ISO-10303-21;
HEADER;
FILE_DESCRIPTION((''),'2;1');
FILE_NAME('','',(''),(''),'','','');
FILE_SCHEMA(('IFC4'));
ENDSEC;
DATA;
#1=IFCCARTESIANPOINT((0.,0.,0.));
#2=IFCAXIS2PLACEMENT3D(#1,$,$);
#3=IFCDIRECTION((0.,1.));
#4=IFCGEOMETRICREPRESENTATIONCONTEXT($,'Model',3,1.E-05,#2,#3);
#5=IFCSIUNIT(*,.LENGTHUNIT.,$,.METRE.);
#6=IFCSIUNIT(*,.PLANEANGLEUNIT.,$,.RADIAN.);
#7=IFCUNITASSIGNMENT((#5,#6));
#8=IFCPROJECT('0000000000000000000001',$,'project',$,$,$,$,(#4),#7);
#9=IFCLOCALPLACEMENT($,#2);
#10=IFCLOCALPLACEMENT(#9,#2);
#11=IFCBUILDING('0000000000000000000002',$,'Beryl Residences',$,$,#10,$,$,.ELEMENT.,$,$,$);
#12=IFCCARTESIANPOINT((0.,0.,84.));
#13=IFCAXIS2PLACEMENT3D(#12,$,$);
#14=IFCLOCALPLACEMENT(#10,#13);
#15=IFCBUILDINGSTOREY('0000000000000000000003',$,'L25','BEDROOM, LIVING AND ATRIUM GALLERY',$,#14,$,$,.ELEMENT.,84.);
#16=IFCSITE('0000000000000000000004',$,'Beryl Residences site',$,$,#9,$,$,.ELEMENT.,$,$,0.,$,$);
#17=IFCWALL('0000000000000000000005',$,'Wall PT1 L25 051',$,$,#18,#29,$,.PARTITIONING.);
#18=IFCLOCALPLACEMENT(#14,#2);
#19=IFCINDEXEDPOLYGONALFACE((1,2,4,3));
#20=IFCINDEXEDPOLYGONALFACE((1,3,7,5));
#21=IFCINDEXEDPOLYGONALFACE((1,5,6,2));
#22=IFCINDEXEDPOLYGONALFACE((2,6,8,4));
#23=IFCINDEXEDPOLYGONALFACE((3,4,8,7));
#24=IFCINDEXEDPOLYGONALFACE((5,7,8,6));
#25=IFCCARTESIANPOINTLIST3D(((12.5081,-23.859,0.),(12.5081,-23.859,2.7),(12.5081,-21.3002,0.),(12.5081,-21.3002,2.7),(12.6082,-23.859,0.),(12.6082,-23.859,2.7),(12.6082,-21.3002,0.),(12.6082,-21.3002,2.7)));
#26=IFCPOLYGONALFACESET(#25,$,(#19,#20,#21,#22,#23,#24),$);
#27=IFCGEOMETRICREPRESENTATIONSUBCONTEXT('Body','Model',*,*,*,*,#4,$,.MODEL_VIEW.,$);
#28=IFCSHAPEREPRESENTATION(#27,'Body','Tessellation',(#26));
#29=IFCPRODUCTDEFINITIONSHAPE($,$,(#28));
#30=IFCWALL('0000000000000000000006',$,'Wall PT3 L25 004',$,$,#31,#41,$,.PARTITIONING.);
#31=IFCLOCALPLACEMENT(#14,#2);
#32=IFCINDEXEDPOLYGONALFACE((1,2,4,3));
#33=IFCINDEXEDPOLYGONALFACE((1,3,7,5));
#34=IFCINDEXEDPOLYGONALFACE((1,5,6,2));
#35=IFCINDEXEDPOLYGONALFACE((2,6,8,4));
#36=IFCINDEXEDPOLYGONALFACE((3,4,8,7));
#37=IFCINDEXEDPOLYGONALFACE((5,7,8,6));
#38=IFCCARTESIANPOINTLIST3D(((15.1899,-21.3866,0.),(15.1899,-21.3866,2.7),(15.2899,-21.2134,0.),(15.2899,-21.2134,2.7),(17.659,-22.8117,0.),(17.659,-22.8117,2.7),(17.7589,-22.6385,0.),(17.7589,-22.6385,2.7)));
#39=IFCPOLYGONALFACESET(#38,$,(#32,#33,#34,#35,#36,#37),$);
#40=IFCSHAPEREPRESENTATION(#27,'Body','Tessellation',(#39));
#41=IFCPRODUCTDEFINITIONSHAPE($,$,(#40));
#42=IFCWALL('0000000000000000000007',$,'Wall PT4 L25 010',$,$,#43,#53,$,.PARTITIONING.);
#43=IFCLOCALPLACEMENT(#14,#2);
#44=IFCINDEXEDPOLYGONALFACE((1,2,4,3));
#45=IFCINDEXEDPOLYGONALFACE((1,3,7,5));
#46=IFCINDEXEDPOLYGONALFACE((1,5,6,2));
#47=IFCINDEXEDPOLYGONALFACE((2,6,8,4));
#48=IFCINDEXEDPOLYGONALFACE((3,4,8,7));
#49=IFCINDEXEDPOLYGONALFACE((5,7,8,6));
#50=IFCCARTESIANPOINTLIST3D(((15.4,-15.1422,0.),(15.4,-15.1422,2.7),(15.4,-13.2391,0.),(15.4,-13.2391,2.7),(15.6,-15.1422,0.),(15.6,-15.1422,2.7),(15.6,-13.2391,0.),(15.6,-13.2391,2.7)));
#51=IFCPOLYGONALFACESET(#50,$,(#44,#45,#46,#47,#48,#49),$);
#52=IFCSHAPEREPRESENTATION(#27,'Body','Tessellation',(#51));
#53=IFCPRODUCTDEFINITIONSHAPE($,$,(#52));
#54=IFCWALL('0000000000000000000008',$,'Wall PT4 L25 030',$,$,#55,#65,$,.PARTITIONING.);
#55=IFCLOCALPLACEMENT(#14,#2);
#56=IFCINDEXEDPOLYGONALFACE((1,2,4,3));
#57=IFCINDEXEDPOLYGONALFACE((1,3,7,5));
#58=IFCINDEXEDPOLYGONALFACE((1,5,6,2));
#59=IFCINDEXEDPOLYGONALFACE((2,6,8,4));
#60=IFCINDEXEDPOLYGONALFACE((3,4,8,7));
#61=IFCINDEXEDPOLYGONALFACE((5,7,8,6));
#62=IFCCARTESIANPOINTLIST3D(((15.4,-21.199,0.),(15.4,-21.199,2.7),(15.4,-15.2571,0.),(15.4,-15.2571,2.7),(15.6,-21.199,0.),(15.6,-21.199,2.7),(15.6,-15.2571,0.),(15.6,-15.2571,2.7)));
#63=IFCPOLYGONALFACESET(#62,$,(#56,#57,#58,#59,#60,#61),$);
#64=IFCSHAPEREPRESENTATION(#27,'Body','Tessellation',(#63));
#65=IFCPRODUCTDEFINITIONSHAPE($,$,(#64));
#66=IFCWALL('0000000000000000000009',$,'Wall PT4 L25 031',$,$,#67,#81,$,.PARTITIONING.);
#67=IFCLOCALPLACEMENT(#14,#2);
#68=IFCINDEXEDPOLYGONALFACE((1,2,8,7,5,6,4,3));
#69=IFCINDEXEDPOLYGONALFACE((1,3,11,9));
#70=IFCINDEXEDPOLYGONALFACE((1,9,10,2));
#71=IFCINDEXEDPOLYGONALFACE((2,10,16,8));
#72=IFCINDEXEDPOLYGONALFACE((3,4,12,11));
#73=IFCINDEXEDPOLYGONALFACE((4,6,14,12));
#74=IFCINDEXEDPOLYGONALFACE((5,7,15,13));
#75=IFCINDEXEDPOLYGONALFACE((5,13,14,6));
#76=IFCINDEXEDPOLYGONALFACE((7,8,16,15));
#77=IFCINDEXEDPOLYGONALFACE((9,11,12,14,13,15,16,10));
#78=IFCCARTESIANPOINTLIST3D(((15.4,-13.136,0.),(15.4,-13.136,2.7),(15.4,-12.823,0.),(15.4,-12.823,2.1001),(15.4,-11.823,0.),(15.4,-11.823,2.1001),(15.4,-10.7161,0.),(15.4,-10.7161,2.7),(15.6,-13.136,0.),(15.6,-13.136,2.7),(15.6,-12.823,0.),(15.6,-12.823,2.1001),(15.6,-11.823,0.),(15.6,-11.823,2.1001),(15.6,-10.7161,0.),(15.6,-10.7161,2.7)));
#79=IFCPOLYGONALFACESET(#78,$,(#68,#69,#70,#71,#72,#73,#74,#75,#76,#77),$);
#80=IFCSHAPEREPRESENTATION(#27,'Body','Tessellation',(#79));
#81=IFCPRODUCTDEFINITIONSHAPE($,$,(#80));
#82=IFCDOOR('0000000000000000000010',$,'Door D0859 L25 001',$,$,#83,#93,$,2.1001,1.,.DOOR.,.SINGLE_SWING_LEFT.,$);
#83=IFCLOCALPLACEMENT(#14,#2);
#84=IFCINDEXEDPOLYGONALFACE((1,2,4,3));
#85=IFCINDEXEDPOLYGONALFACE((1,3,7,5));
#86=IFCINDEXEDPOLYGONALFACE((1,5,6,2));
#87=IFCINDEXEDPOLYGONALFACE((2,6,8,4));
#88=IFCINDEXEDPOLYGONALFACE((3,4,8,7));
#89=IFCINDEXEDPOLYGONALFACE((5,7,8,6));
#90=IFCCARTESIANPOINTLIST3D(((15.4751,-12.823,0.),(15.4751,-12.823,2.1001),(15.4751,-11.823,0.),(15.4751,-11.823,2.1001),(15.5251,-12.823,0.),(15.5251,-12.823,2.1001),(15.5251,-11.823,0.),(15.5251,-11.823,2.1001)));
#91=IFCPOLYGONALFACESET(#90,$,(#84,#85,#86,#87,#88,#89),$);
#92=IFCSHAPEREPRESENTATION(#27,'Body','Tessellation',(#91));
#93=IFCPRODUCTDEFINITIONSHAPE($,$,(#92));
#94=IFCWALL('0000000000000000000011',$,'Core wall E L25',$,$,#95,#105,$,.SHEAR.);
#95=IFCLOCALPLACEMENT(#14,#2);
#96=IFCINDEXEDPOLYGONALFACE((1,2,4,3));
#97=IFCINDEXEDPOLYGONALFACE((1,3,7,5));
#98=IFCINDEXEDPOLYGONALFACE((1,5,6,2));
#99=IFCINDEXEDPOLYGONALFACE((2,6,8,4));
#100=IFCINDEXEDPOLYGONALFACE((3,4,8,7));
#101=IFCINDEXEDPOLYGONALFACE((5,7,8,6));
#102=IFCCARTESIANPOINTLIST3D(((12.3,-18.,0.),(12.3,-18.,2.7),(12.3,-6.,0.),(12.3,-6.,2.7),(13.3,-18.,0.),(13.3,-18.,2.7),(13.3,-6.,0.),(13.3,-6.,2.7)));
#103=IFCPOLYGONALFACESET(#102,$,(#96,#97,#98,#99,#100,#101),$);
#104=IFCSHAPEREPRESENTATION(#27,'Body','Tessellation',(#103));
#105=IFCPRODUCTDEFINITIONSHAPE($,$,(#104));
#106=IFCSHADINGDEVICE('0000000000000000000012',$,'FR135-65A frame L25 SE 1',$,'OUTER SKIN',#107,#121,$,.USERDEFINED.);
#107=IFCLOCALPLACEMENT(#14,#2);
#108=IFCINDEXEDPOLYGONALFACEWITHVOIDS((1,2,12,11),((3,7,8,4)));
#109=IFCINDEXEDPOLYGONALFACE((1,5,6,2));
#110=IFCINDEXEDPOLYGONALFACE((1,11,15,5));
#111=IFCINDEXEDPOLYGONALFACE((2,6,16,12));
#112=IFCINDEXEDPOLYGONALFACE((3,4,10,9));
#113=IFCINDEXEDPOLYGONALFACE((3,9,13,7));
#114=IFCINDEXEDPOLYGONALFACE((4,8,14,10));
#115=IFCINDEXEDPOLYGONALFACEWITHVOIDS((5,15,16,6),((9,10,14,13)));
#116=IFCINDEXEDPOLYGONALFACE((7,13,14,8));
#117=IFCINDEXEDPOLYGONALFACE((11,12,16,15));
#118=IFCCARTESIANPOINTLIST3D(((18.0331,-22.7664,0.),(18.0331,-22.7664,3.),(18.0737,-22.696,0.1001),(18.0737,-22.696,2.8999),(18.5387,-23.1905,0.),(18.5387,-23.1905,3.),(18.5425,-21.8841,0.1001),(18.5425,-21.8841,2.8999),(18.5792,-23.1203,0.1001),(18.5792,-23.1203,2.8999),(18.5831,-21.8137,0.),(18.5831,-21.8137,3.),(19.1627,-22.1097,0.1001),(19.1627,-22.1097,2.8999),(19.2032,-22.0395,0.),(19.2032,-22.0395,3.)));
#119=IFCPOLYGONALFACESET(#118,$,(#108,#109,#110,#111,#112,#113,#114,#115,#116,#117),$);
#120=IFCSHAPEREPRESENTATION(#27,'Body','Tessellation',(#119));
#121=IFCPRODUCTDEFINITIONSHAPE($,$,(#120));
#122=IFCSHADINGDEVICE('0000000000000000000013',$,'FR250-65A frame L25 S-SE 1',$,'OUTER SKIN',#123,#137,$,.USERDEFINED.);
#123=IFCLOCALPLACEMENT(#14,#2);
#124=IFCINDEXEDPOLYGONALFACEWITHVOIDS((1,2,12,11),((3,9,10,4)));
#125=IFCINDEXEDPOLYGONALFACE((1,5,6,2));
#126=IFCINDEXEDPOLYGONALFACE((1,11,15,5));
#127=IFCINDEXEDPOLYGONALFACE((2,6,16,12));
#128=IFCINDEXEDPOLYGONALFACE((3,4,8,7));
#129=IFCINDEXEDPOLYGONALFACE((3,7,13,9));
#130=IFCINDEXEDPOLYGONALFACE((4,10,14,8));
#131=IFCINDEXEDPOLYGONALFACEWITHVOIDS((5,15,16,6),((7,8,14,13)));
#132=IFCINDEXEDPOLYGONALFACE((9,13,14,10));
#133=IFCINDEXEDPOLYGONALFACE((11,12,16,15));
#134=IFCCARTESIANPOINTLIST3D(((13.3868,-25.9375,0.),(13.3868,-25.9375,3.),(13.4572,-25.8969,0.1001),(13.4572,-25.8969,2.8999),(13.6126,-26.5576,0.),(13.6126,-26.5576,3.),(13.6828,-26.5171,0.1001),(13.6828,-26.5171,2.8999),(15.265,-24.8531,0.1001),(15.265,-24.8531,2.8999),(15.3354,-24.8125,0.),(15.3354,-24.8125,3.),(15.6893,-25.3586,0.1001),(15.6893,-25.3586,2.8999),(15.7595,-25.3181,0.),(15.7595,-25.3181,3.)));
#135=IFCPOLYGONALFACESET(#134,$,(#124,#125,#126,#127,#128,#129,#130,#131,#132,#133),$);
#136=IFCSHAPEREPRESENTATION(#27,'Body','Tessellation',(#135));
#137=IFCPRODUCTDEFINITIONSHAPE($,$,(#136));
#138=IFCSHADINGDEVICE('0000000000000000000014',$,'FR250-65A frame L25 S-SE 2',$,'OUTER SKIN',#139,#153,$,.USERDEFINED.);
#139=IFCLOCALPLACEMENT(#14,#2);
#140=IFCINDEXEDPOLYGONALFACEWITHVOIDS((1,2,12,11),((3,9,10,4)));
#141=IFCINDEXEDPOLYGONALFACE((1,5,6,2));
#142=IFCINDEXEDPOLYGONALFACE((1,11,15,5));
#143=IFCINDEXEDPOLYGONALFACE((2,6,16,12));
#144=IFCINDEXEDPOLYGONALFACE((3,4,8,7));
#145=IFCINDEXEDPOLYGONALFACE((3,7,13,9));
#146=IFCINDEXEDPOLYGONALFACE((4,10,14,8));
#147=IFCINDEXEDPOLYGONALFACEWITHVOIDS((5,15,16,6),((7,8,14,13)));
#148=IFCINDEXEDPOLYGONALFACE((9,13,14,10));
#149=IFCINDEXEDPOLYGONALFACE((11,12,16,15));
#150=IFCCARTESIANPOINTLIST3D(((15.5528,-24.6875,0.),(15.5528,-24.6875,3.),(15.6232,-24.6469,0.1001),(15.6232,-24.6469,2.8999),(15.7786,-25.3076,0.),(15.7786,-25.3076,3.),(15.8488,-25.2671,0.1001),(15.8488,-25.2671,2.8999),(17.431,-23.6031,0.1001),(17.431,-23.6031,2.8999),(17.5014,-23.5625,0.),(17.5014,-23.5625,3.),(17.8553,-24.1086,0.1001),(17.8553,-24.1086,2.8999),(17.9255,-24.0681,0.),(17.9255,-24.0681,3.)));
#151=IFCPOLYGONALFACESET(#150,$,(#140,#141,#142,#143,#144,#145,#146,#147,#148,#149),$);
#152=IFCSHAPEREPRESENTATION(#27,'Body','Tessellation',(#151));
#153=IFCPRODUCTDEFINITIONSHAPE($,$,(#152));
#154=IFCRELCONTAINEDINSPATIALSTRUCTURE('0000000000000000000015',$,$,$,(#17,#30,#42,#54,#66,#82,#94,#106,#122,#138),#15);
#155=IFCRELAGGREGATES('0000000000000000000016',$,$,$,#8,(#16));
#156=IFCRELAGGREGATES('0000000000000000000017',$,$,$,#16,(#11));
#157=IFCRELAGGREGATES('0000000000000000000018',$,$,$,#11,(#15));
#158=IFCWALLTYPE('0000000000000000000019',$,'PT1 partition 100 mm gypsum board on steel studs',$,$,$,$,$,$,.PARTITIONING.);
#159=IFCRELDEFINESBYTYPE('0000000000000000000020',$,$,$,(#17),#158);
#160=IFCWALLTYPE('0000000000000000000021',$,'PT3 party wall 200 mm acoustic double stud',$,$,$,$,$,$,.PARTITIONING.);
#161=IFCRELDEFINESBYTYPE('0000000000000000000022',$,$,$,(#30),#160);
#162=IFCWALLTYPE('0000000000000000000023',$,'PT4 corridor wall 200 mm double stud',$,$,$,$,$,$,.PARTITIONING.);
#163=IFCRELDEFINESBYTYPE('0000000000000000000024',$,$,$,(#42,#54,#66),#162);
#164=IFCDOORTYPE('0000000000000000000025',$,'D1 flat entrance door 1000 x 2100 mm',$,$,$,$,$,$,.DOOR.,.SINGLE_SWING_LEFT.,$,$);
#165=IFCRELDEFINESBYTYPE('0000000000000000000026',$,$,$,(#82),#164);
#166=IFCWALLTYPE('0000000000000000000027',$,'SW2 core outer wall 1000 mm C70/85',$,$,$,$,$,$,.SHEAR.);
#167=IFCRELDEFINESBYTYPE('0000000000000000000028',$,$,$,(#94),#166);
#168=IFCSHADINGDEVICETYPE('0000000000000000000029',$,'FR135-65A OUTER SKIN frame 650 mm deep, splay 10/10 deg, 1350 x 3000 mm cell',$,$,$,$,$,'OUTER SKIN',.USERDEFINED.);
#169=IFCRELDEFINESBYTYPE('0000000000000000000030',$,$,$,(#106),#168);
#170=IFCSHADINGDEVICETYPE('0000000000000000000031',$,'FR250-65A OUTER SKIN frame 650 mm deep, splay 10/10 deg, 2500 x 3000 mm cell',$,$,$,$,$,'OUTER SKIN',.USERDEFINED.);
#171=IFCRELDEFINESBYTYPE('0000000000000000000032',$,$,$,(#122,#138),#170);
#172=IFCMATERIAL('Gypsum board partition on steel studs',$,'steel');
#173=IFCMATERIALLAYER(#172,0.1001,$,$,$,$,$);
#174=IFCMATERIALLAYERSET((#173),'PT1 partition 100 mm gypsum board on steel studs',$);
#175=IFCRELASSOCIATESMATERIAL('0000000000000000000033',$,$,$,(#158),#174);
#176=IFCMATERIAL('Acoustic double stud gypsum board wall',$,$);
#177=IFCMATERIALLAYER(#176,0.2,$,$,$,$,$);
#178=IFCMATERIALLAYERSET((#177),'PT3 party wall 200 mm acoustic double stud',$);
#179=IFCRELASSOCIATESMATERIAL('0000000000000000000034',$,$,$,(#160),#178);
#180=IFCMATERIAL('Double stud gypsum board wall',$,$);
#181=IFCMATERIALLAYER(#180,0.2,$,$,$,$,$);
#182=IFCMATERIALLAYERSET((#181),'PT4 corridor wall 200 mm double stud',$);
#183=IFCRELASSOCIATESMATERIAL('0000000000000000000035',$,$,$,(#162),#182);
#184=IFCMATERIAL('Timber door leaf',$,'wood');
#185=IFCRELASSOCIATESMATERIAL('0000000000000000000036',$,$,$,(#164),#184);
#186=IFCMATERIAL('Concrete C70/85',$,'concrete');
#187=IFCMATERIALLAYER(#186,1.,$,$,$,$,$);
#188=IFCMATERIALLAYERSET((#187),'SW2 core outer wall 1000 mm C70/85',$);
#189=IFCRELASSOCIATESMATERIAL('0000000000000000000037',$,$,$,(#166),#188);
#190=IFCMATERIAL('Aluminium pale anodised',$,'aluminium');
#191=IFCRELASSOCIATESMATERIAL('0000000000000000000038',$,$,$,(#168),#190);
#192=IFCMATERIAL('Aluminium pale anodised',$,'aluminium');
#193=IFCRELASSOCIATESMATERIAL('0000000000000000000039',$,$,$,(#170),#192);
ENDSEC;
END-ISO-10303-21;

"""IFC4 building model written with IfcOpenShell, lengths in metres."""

from ifc_helpers import new_model, entity, si_unit, direction, frame, frame_2d, origin, place, context, subcontext, project, spatial, rectangle, extrude, source, transform, mapped, material, layer, layer_set, type_object, type_shapes, element, fill, save


model = new_model("IFC4")

# Units and contexts
model_context = context("Model", 3, precision=1e-05, world=origin(), true_north=direction((0.0, 1.0)))
body_context = subcontext(model_context, "Body", "Model", "MODEL_VIEW")
ifc_project = project(units=[si_unit("LENGTHUNIT", "METRE"), si_unit("PLANEANGLEUNIT", "RADIAN")], contexts=[model_context])

# Site, building, storey
site_placement = place(None, origin())
site = spatial("IfcSite", under=ifc_project, at=site_placement, Name="Beryl Residences site", CompositionType="ELEMENT", RefElevation=0.0)
building_placement = place(site_placement, origin())
building = spatial("IfcBuilding", under=site, at=building_placement, Name="Beryl Residences", CompositionType="ELEMENT")
storey_placement = place(building_placement, frame((0.0, 0.0, 84.0)))
storey = spatial("IfcBuildingStorey", under=building, at=storey_placement, Name="L25", Description="BEDROOM, LIVING AND ATRIUM GALLERY", CompositionType="ELEMENT", Elevation=84.0)

# Shared definitions
ifc_material_1 = material(Name="Gypsum board partition on steel studs", Category="steel")
ifc_layer_1 = layer(ifc_material_1, 0.1001)
ifc_layer_set_1 = layer_set([ifc_layer_1], Name="PT1 partition 100 mm gypsum board on steel studs")
wall_type_1 = type_object("IfcWallType", Name="PT1 partition 100 mm gypsum board on steel studs", PredefinedType="PARTITIONING", material=ifc_layer_set_1)

# Walls
wall_1_placement = place(storey_placement, frame((12.5581, -23.8589, 0.0), z_axis=(0.0, 0.0, 1.0), x_axis=(0.0, 1.0, 0.0)))
element("IfcWall", 1, at=wall_1_placement, inside=storey, type_object=wall_type_1, Name="Wall PT1 L25 051", PredefinedType="PARTITIONING", context=body_context, shape_type="SweptSolid", body=[
    extrude(rectangle(XDim=2.5588, YDim=0.1001, at=frame_2d((1.2793, 0.0))), origin(), (0.0, 0.0, 1.0), 2.7),
])
ifc_material_2 = material(Name="Acoustic double stud gypsum board wall")
ifc_layer_2 = layer(ifc_material_2, 0.2)
ifc_layer_set_2 = layer_set([ifc_layer_2], Name="PT3 party wall 200 mm acoustic double stud")
wall_type_2 = type_object("IfcWallType", Name="PT3 party wall 200 mm acoustic double stud", PredefinedType="PARTITIONING", material=ifc_layer_set_2)
wall_2_placement = place(storey_placement, frame((15.24, -21.3, 0.0), z_axis=(0.0, 0.0, 1.0), x_axis=(0.86609, -0.499888, 0.0)))
element("IfcWall", 2, at=wall_2_placement, inside=storey, type_object=wall_type_2, Name="Wall PT3 L25 004", PredefinedType="PARTITIONING", context=body_context, shape_type="SweptSolid", body=[
    extrude(rectangle(XDim=2.8508, YDim=0.2, at=frame_2d((1.4253, 0.0))), origin(), (0.0, 0.0, 1.0), 2.7),
])
ifc_material_3 = material(Name="Double stud gypsum board wall")
ifc_layer_3 = layer(ifc_material_3, 0.2)
ifc_layer_set_3 = layer_set([ifc_layer_3], Name="PT4 corridor wall 200 mm double stud")
wall_type_3 = type_object("IfcWallType", Name="PT4 corridor wall 200 mm double stud", PredefinedType="PARTITIONING", material=ifc_layer_set_3)
wall_3_placement = place(storey_placement, frame((15.5, -13.239, 0.0), z_axis=(0.0, 0.0, 1.0), x_axis=(0.0, -1.0, 0.0)))
element("IfcWall", 3, at=wall_3_placement, inside=storey, type_object=wall_type_3, Name="Wall PT4 L25 010", PredefinedType="PARTITIONING", context=body_context, shape_type="SweptSolid", body=[
    extrude(rectangle(XDim=1.9031, YDim=0.2, at=frame_2d((0.9517, 0.0))), origin(), (0.0, 0.0, 1.0), 2.7),
])
wall_4_placement = place(storey_placement, frame((15.5, -21.199, 0.0), z_axis=(0.0, 0.0, 1.0), x_axis=(0.0, 1.0, 0.0)))
element("IfcWall", 4, at=wall_4_placement, inside=storey, type_object=wall_type_3, Name="Wall PT4 L25 030", PredefinedType="PARTITIONING", context=body_context, shape_type="SweptSolid", body=[
    extrude(rectangle(XDim=5.9419, YDim=0.2, at=frame_2d((2.9709, 0.0))), origin(), (0.0, 0.0, 1.0), 2.7),
])

# Wall, opening, door
wall_5_placement = place(storey_placement, frame((15.5, -13.136, 0.0), z_axis=(0.0, 0.0, 1.0), x_axis=(0.0, 1.0, 0.0)))
wall_5 = element("IfcWall", 5, at=wall_5_placement, inside=storey, type_object=wall_type_3, Name="Wall PT4 L25 031", PredefinedType="PARTITIONING", context=body_context, shape_type="SweptSolid", body=[
    extrude(rectangle(XDim=2.4199, YDim=0.2, at=frame_2d((1.21, 0.0))), origin(), (0.0, 0.0, 1.0), 2.7),
])
opening_1_placement = place(wall_5_placement, frame((0.313, 0.0, 0.0)))
opening_1 = element("IfcOpeningElement", 6, at=opening_1_placement, cuts=wall_5, PredefinedType="OPENING", context=body_context, shape_type="SweptSolid", body=[
    extrude(rectangle(XDim=1.0, YDim=2.1001, at=frame_2d((0.5, 1.05))), frame((0.0, 0.1099, 0.0), z_axis=(0.0, -1.0, 0.0), x_axis=(1.0, 0.0, 0.0)), (0.0, 0.0, 1.0), 0.22),
])
ifc_material_4 = material(Name="Timber door leaf", Category="wood")
door_type_1 = type_object("IfcDoorType", Name="D1 flat entrance door 1000 x 2100 mm", OperationType="SINGLE_SWING_LEFT", PredefinedType="DOOR", material=ifc_material_4)
door_1_placement = place(opening_1_placement, origin())
door_1 = element("IfcDoor", 7, at=door_1_placement, inside=storey, type_object=door_type_1, Name="Door D0859 L25 001", OperationType="SINGLE_SWING_LEFT", OverallHeight=2.1001, OverallWidth=1.0, PredefinedType="DOOR", context=body_context, shape_type="SweptSolid", body=[
    extrude(rectangle(XDim=1.0, YDim=2.1001, at=frame_2d((0.5, 1.05))), frame((0.0, 0.0249, 0.0), z_axis=(0.0, -1.0, 0.0), x_axis=(1.0, 0.0, 0.0)), (0.0, 0.0, 1.0), 0.05),
])
fill(opening_1, door_1)

# Wall
ifc_material_5 = material(Name="Concrete C70/85", Category="concrete")
ifc_layer_4 = layer(ifc_material_5, 1.0)
ifc_layer_set_4 = layer_set([ifc_layer_4], Name="SW2 core outer wall 1000 mm C70/85")
wall_type_4 = type_object("IfcWallType", Name="SW2 core outer wall 1000 mm C70/85", PredefinedType="SHEAR", material=ifc_layer_set_4)
wall_6_placement = place(storey_placement, frame((12.8, -18.0, 0.0), z_axis=(0.0, 0.0, 1.0), x_axis=(0.0, 1.0, 0.0)))
element("IfcWall", 8, at=wall_6_placement, inside=storey, type_object=wall_type_4, Name="Core wall E L25", PredefinedType="SHEAR", context=body_context, shape_type="SweptSolid", body=[
    extrude(rectangle(XDim=12.0, YDim=1.0, at=frame_2d((6.0, 0.0))), origin(), (0.0, 0.0, 1.0), 2.7),
])

# Shading devices
ifc_material_6 = material(Name="Aluminium pale anodised", Category="aluminium")
shading_device_type_1 = type_object("IfcShadingDeviceType", Name="FR135-65A OUTER SKIN frame 650 mm deep, splay 10/10 deg, 1350 x 3000 mm cell", ElementType="OUTER SKIN", PredefinedType="USERDEFINED", material=ifc_material_6)
cartesian_point_1 = entity("IfcCartesianPoint", [-0.55, 0.0])
cartesian_point_2 = entity("IfcCartesianPoint", [-0.4688, 0.1001])
cartesian_point_3 = entity("IfcCartesianPoint", [-0.6646, 0.0])
cartesian_point_4 = entity("IfcCartesianPoint", [-0.5835, 0.1001])
shared_shape_1 = source(origin(), body_context, "Body", "SweptSolid", [
    entity("IfcExtrudedAreaSolidTapered", entity("IfcArbitraryProfileDefWithVoids", "AREA", None, entity("IfcPolyline", [cartesian_point_1, entity("IfcCartesianPoint", [0.55, 0.0]), entity("IfcCartesianPoint", [0.55, 3.0]), entity("IfcCartesianPoint", [-0.55, 3.0]), cartesian_point_1]), [entity("IfcPolyline", [cartesian_point_2, entity("IfcCartesianPoint", [0.4688, 0.1001]), entity("IfcCartesianPoint", [0.4688, 2.8999]), entity("IfcCartesianPoint", [-0.4688, 2.8999]), cartesian_point_2])]), entity("IfcAxis2Placement3D", entity("IfcCartesianPoint", [0.0, 0.0, 0.0]), entity("IfcDirection", [0.0, 1.0, 0.0]), entity("IfcDirection", [-1.0, 0.0, 0.0])), entity("IfcDirection", [0.0, 0.0, 1.0]), 0.6499, entity("IfcArbitraryProfileDefWithVoids", "AREA", None, entity("IfcPolyline", [cartesian_point_3, entity("IfcCartesianPoint", [0.6646, 0.0]), entity("IfcCartesianPoint", [0.6646, 3.0]), entity("IfcCartesianPoint", [-0.6646, 3.0]), cartesian_point_3]), [entity("IfcPolyline", [cartesian_point_4, entity("IfcCartesianPoint", [0.5835, 0.1001]), entity("IfcCartesianPoint", [0.5835, 2.8999]), entity("IfcCartesianPoint", [-0.5835, 2.8999]), cartesian_point_4])])),
])
type_shapes(shading_device_type_1, [shared_shape_1])
shading_device_placement = place(storey_placement, frame((18.3081, -22.29, 0.0), z_axis=(0.0, 0.0, 1.0), x_axis=(-0.5, -0.866025, 0.0)))
element("IfcShadingDevice", 9, at=shading_device_placement, inside=storey, type_object=shading_device_type_1, Name="FR135-65A frame L25 SE 1", ObjectType="OUTER SKIN", PredefinedType="USERDEFINED", context=body_context, shape_type="MappedRepresentation", body=[
    mapped(shared_shape_1, transform((0.0, 0.0, 0.0))),
])
ifc_material_7 = material(Name="Aluminium pale anodised", Category="aluminium")
shading_device_type_2 = type_object("IfcShadingDeviceType", Name="FR250-65A OUTER SKIN frame 650 mm deep, splay 10/10 deg, 2500 x 3000 mm cell", ElementType="OUTER SKIN", PredefinedType="USERDEFINED", material=ifc_material_7)
cartesian_point_5 = entity("IfcCartesianPoint", [-1.125, 0.0])
cartesian_point_6 = entity("IfcCartesianPoint", [-1.0437, 0.1001])
cartesian_point_7 = entity("IfcCartesianPoint", [-1.2395, 0.0])
cartesian_point_8 = entity("IfcCartesianPoint", [-1.1584, 0.1001])
shared_shape_2 = source(origin(), body_context, "Body", "SweptSolid", [
    entity("IfcExtrudedAreaSolidTapered", entity("IfcArbitraryProfileDefWithVoids", "AREA", None, entity("IfcPolyline", [cartesian_point_5, entity("IfcCartesianPoint", [1.125, 0.0]), entity("IfcCartesianPoint", [1.125, 3.0]), entity("IfcCartesianPoint", [-1.125, 3.0]), cartesian_point_5]), [entity("IfcPolyline", [cartesian_point_6, entity("IfcCartesianPoint", [1.0437, 0.1001]), entity("IfcCartesianPoint", [1.0437, 2.8999]), entity("IfcCartesianPoint", [-1.0437, 2.8999]), cartesian_point_6])]), entity("IfcAxis2Placement3D", entity("IfcCartesianPoint", [0.0, 0.0, 0.0]), entity("IfcDirection", [0.0, 1.0, 0.0]), entity("IfcDirection", [-1.0, 0.0, 0.0])), entity("IfcDirection", [0.0, 0.0, 1.0]), 0.6499, entity("IfcArbitraryProfileDefWithVoids", "AREA", None, entity("IfcPolyline", [cartesian_point_7, entity("IfcCartesianPoint", [1.2395, 0.0]), entity("IfcCartesianPoint", [1.2395, 3.0]), entity("IfcCartesianPoint", [-1.2395, 3.0]), cartesian_point_7]), [entity("IfcPolyline", [cartesian_point_8, entity("IfcCartesianPoint", [1.1584, 0.1001]), entity("IfcCartesianPoint", [1.1584, 2.8999]), entity("IfcCartesianPoint", [-1.1584, 2.8999]), cartesian_point_8])])),
])
type_shapes(shading_device_type_2, [shared_shape_2])
for number, where, z_axis, x_axis, name in (
    (10, (14.3611, -25.375, 0.0), (0.0, 0.0, 1.0), (-0.866025, -0.5, 0.0), "FR250-65A frame L25 S-SE 1"),
    (11, (16.5271, -24.125, 0.0), (0.0, 0.0, 1.0), (-0.866025, -0.5, 0.0), "FR250-65A frame L25 S-SE 2"),
):
    element("IfcShadingDevice", number, at=place(storey_placement, frame(where, z_axis=z_axis, x_axis=x_axis)), inside=storey, type_object=shading_device_type_2, Name=name, ObjectType="OUTER SKIN", PredefinedType="USERDEFINED", context=body_context, shape_type="MappedRepresentation", body=[
        mapped(shared_shape_2, transform((0.0, 0.0, 0.0))),
    ])

save(model, "model.ifc")
